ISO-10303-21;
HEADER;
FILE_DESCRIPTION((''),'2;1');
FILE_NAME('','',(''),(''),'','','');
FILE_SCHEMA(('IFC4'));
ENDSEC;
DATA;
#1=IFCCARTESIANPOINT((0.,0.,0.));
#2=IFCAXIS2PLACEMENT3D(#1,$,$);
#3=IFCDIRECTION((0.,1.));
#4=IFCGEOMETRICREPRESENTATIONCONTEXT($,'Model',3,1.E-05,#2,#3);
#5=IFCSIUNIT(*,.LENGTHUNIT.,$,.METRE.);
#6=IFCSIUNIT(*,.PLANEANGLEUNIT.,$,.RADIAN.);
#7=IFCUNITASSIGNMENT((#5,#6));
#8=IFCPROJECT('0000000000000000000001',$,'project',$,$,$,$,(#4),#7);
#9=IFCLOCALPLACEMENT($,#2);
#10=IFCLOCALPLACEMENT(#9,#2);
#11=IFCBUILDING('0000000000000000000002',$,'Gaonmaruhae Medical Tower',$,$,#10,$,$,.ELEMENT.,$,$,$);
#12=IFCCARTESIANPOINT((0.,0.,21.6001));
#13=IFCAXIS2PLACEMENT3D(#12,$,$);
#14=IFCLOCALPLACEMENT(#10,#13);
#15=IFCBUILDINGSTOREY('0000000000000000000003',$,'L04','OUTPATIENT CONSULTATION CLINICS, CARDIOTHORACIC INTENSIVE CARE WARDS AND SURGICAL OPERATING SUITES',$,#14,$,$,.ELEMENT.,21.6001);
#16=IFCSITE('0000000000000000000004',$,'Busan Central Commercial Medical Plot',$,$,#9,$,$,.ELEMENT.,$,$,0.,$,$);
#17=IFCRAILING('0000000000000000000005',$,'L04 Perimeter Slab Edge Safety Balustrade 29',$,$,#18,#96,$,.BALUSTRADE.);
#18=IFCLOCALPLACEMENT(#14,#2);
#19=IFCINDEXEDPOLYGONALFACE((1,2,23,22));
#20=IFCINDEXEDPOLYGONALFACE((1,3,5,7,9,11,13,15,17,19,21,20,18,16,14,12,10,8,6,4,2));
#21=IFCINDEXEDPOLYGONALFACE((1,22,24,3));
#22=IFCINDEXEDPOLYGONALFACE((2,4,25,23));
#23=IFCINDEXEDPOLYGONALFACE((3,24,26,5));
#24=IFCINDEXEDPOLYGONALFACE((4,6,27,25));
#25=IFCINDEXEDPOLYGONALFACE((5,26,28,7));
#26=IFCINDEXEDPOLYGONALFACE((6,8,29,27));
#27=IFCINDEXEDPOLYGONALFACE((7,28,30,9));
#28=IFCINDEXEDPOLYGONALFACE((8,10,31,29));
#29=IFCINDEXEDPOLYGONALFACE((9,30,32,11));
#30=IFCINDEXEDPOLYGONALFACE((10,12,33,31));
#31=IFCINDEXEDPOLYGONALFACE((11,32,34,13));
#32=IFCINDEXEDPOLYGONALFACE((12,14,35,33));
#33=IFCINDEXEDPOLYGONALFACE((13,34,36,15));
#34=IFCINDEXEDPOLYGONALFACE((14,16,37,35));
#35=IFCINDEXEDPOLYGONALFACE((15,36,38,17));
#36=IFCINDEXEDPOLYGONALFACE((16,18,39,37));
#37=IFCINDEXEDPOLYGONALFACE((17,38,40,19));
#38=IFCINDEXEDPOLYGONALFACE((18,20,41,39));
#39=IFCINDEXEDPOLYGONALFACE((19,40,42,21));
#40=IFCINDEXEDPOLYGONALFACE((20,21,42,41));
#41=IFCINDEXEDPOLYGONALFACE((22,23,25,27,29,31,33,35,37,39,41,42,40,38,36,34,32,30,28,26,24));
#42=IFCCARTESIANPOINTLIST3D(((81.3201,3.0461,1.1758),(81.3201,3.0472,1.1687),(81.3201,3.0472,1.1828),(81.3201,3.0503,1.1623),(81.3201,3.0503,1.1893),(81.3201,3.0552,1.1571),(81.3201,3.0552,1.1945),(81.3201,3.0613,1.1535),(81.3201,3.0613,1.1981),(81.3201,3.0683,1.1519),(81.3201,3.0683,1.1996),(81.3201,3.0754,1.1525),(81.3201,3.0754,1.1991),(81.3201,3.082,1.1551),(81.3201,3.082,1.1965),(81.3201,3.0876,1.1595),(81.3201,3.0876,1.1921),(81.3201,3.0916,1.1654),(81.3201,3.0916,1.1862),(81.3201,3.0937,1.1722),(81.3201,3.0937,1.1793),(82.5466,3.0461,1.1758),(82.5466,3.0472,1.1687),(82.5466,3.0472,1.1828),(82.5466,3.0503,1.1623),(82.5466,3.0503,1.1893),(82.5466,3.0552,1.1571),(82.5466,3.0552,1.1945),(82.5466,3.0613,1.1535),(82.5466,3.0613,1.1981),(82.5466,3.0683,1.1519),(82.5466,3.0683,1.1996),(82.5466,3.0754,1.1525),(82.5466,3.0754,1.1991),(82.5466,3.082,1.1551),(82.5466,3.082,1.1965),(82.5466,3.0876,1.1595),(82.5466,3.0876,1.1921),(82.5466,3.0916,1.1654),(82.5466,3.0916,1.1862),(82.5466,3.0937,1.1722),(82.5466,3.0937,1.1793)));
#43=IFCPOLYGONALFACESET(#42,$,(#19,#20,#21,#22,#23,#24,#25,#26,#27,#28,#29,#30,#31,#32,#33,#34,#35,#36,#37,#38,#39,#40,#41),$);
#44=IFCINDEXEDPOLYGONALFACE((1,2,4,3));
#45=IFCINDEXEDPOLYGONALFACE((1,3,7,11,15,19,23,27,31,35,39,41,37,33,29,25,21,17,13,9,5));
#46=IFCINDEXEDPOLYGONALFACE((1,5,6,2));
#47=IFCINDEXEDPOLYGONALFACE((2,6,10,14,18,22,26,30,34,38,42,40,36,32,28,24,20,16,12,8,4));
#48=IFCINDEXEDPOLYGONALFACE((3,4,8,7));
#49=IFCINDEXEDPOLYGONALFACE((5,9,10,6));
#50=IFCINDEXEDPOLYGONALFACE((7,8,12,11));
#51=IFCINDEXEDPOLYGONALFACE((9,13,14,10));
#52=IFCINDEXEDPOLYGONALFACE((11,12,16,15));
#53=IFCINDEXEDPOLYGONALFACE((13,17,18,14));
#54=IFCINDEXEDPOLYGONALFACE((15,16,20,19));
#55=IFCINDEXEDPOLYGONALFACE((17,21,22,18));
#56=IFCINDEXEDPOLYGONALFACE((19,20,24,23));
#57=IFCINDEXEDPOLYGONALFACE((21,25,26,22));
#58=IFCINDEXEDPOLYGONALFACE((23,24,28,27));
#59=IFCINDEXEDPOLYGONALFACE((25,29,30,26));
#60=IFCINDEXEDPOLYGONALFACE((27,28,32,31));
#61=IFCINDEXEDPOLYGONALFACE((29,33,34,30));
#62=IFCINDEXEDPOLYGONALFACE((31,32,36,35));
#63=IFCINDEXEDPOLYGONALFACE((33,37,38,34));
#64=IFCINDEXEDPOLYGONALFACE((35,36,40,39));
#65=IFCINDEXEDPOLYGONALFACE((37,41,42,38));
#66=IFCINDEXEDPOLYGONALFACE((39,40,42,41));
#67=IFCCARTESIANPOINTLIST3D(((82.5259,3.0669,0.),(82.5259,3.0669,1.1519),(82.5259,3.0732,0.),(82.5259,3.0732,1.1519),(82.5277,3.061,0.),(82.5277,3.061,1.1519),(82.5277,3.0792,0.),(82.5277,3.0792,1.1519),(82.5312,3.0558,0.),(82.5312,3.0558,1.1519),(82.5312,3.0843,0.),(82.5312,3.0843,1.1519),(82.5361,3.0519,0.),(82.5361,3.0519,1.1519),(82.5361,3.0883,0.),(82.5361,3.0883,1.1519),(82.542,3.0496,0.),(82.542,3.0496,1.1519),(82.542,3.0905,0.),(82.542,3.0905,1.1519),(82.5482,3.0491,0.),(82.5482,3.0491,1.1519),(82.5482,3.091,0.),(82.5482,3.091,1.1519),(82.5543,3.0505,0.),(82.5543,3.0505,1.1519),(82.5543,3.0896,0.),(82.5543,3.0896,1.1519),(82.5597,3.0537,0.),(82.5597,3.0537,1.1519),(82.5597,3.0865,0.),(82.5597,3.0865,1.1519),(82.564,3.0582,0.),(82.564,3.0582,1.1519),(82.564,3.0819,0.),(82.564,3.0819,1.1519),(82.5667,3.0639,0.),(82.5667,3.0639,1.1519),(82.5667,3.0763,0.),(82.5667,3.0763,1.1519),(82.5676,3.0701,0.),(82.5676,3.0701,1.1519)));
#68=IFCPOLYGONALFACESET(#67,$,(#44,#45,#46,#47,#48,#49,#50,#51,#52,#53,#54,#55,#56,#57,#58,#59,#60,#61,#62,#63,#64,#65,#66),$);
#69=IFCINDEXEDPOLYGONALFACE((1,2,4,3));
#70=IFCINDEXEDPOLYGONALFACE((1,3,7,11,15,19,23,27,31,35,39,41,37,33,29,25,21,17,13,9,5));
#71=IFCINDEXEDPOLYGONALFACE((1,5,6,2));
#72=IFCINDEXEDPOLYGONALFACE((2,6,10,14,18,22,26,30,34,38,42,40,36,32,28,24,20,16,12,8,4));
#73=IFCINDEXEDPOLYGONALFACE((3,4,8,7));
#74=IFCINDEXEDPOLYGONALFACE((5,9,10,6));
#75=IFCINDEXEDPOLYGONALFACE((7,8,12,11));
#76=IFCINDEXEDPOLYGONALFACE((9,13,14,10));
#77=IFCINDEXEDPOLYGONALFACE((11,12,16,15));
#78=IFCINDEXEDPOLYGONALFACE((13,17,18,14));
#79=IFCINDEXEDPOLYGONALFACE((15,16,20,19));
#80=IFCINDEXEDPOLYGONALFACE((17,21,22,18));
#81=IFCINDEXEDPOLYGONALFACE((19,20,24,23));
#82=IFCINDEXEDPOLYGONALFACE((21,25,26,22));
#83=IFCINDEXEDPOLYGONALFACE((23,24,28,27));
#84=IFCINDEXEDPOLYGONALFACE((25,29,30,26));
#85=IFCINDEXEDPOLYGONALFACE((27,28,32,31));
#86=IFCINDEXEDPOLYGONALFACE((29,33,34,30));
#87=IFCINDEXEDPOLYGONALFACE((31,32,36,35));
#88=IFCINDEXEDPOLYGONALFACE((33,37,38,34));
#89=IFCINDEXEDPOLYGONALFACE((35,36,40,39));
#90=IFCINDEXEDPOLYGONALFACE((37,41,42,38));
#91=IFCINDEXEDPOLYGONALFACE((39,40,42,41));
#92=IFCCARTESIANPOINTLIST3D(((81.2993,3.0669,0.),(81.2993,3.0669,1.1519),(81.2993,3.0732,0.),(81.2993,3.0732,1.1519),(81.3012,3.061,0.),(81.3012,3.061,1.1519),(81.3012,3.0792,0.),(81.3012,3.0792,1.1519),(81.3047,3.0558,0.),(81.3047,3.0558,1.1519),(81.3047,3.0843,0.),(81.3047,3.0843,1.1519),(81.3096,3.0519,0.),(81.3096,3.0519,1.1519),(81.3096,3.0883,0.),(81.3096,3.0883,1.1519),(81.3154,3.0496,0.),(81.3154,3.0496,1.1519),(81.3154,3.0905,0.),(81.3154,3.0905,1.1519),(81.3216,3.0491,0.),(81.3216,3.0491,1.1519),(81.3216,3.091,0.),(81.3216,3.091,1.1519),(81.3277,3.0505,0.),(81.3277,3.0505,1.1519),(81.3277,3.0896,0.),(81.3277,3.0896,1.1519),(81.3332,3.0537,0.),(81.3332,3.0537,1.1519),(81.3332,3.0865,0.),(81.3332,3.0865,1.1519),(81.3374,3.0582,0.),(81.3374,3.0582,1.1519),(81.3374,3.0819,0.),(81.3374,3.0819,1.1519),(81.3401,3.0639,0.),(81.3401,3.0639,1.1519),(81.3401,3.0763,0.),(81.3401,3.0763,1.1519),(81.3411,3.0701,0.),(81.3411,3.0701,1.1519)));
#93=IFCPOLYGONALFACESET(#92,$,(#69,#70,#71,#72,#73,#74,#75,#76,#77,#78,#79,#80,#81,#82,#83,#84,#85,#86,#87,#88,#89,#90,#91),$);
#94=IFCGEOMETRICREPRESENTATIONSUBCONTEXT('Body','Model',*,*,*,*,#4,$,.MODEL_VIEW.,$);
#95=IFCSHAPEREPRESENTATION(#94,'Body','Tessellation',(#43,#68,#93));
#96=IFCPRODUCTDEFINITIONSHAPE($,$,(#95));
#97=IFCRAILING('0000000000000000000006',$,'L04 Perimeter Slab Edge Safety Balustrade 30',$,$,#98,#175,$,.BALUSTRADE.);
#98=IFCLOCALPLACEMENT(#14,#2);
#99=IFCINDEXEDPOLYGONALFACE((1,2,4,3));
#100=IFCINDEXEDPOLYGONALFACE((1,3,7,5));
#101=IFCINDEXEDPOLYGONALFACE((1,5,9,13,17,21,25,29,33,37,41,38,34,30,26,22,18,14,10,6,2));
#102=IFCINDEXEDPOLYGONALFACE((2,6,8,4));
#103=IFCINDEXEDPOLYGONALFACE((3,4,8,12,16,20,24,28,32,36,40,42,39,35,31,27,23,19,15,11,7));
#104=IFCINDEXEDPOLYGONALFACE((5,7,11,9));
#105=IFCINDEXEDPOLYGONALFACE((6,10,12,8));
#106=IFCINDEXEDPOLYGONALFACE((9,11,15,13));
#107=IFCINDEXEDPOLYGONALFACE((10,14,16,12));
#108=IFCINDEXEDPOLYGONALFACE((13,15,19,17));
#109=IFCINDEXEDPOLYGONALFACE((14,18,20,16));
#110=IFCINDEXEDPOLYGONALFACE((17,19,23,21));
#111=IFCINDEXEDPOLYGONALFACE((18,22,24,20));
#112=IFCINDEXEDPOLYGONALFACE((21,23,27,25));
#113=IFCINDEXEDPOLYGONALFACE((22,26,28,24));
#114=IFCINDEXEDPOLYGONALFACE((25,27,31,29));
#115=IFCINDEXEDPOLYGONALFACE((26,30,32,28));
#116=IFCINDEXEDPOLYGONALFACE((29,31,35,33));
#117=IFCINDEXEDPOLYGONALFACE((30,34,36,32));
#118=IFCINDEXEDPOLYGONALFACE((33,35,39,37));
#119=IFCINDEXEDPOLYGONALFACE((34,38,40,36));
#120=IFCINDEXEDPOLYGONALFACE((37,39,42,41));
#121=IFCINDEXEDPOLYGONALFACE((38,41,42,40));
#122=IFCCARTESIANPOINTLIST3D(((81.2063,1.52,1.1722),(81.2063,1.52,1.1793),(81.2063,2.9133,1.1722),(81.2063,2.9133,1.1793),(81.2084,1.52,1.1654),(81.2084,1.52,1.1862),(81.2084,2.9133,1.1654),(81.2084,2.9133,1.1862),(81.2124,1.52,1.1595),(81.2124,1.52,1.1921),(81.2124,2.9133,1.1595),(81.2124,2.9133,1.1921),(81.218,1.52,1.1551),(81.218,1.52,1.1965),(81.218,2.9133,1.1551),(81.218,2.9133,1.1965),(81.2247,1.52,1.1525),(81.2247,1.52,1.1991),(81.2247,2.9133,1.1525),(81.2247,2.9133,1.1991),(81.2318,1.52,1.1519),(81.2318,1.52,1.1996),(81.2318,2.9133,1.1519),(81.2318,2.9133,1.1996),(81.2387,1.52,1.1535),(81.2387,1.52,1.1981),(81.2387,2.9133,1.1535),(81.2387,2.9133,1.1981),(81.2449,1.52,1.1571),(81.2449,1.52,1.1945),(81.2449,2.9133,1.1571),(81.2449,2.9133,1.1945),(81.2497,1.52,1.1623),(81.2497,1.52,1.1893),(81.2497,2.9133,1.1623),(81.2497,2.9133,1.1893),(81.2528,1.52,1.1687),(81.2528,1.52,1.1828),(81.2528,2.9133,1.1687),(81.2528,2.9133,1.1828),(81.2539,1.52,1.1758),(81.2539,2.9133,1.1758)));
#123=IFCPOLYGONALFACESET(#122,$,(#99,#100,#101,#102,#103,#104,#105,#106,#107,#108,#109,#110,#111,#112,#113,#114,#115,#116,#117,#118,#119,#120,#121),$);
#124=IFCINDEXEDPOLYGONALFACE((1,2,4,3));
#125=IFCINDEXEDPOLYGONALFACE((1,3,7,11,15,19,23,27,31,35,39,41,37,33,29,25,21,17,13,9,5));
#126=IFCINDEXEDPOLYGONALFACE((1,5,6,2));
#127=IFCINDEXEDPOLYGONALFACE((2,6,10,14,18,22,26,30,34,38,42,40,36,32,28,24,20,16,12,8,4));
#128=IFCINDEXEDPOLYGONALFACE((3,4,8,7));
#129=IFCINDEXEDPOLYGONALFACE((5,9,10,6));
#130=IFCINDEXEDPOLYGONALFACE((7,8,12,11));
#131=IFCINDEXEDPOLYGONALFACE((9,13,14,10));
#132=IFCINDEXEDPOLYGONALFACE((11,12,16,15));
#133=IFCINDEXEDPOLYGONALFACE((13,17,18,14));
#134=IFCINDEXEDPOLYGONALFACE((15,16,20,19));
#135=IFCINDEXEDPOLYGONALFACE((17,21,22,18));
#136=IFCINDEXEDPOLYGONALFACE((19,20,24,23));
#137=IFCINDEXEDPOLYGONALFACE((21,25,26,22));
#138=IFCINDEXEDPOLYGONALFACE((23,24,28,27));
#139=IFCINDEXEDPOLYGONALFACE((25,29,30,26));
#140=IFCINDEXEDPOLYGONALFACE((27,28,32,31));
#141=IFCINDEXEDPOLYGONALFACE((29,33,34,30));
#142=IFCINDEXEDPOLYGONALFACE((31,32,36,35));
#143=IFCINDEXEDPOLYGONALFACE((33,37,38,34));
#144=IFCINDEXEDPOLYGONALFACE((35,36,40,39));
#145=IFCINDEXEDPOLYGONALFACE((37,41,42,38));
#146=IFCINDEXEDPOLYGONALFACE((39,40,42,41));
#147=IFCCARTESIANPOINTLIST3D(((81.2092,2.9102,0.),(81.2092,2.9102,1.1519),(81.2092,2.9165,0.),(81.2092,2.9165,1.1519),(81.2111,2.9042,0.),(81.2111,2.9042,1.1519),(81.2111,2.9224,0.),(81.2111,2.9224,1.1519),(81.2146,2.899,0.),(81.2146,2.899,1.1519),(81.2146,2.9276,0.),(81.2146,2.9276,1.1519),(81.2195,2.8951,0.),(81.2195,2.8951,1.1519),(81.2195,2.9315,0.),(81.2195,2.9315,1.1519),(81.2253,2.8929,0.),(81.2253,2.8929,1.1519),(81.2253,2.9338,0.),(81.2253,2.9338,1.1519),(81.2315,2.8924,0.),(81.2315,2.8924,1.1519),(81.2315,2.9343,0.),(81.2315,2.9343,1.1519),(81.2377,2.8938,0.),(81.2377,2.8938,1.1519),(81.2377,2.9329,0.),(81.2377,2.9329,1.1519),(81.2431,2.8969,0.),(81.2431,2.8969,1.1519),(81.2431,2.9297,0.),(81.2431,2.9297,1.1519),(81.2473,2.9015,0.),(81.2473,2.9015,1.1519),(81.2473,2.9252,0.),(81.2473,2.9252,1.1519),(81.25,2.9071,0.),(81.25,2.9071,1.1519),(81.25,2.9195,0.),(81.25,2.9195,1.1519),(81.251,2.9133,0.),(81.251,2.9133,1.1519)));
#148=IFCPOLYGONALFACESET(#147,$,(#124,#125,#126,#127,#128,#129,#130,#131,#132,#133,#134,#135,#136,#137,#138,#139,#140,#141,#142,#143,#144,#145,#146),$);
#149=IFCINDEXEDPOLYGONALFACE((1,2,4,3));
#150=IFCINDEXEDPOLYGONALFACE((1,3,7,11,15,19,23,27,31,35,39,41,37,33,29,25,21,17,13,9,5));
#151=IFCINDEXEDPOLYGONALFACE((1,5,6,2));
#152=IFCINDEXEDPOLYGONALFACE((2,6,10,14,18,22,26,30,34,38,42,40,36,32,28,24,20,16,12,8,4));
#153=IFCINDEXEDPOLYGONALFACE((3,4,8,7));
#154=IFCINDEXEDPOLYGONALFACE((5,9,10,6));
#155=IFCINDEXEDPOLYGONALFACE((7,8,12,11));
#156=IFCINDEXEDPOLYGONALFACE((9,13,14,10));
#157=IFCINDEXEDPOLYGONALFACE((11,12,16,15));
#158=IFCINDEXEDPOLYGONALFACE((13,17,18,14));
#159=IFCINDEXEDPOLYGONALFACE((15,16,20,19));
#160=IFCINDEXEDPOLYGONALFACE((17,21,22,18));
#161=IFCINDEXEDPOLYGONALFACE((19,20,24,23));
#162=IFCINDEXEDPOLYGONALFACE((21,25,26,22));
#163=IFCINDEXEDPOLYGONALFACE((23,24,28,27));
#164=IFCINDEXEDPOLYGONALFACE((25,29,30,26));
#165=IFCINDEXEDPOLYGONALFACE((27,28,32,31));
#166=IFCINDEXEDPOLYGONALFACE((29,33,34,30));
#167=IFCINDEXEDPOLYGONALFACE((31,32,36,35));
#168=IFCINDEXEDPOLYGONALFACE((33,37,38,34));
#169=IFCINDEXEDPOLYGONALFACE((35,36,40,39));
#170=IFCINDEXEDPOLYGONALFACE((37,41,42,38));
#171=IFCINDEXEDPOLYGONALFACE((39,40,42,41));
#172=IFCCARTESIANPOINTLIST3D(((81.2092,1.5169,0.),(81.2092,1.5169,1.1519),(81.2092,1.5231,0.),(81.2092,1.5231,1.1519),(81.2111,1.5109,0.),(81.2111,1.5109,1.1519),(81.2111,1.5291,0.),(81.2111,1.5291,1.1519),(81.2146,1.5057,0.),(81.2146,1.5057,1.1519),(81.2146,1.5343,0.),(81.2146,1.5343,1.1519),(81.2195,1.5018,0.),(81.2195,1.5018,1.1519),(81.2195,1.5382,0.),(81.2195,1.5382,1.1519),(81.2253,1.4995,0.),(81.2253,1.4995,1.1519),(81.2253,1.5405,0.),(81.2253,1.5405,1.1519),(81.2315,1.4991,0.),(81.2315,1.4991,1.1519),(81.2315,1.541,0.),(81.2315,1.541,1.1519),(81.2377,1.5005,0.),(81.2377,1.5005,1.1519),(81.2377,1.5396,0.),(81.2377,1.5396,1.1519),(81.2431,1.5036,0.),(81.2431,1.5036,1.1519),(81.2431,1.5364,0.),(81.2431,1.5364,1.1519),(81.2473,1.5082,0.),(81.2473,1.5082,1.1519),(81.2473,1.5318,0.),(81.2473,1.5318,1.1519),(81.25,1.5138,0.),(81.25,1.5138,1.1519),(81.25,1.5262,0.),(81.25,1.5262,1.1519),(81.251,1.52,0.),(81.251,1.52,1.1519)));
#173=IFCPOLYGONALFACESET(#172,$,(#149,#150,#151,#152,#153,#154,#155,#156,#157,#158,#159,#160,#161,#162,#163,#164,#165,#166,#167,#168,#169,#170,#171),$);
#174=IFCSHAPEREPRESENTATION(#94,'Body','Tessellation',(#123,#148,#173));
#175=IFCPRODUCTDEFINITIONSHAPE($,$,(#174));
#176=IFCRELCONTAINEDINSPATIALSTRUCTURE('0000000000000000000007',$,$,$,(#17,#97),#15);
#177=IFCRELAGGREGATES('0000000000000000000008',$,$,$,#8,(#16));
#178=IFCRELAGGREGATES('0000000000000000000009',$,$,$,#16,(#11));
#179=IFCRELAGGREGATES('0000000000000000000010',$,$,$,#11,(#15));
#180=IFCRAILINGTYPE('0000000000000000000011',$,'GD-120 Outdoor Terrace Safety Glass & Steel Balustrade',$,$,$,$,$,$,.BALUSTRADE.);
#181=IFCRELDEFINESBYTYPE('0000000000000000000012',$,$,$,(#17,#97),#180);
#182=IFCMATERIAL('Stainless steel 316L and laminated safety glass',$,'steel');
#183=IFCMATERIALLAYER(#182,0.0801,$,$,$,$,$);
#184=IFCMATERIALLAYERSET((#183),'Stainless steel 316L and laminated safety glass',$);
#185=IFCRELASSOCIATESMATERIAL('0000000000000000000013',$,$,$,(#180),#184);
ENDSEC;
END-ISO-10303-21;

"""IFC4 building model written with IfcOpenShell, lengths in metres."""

from ifc_helpers import new_model, si_unit, direction, frame, origin, origin_2d, place, context, subcontext, project, spatial, circle, extrude, material, layer, layer_set, type_object, element, save


model = new_model("IFC4")

# Units and contexts
model_context = context("Model", 3, precision=1e-05, world=origin(), true_north=direction((0.0, 1.0)))
body_context = subcontext(model_context, "Body", "Model", "MODEL_VIEW")
ifc_project = project(units=[si_unit("LENGTHUNIT", "METRE"), si_unit("PLANEANGLEUNIT", "RADIAN")], contexts=[model_context])

# Site, building, storey
site_placement = place(None, origin())
site = spatial("IfcSite", under=ifc_project, at=site_placement, Name="Busan Central Commercial Medical Plot", CompositionType="ELEMENT", RefElevation=0.0)
building_placement = place(site_placement, origin())
building = spatial("IfcBuilding", under=site, at=building_placement, Name="Gaonmaruhae Medical Tower", CompositionType="ELEMENT")
storey_placement = place(building_placement, frame((0.0, 0.0, 21.6001)))
storey = spatial("IfcBuildingStorey", under=building, at=storey_placement, Name="L04", Description="OUTPATIENT CONSULTATION CLINICS, CARDIOTHORACIC INTENSIVE CARE WARDS AND SURGICAL OPERATING SUITES", CompositionType="ELEMENT", Elevation=21.6001)

# Railings
ifc_material_1 = material(Name="Stainless steel 316L and laminated safety glass", Category="steel")
ifc_layer_1 = layer(ifc_material_1, 0.0801)
ifc_layer_set_1 = layer_set([ifc_layer_1], Name="Stainless steel 316L and laminated safety glass")
railing_type = type_object("IfcRailingType", Name="GD-120 Outdoor Terrace Safety Glass & Steel Balustrade", PredefinedType="BALUSTRADE", material=ifc_layer_set_1)
railing_1_placement = place(storey_placement, frame((82.5466, 3.0701, 0.0)))
element("IfcRailing", 1, at=railing_1_placement, inside=storey, type_object=railing_type, Name="L04 Perimeter Slab Edge Safety Balustrade 29", PredefinedType="BALUSTRADE", context=body_context, shape_type="SweptSolid", body=[
    extrude(circle(Radius=0.0239, at=origin_2d()), frame((0.0, 0.0, 1.1758), z_axis=(-1.0, 0.0, 0.0), x_axis=(0.0, -1.0, 0.0)), (0.0, 0.0, 1.0), 1.2266),
    extrude(circle(Radius=0.021, at=origin_2d()), origin(), (0.0, 0.0, 1.0), 1.1519),
    extrude(circle(Radius=0.021, at=origin_2d()), frame((-1.2266, 0.0, 0.0)), (0.0, 0.0, 1.0), 1.1519),
])
railing_2_placement = place(storey_placement, frame((81.23, 2.9133, 0.0)))
element("IfcRailing", 2, at=railing_2_placement, inside=storey, type_object=railing_type, Name="L04 Perimeter Slab Edge Safety Balustrade 30", PredefinedType="BALUSTRADE", context=body_context, shape_type="SweptSolid", body=[
    extrude(circle(Radius=0.0239, at=origin_2d()), frame((0.0, 0.0, 1.1758), z_axis=(0.0, -1.0, 0.0), x_axis=(1.0, 0.0, 0.0)), (0.0, 0.0, 1.0), 1.3933),
    extrude(circle(Radius=0.021, at=origin_2d()), origin(), (0.0, 0.0, 1.0), 1.1519),
    extrude(circle(Radius=0.021, at=origin_2d()), frame((0.0, -1.3933, 0.0)), (0.0, 0.0, 1.0), 1.1519),
])

save(model, "model.ifc")
